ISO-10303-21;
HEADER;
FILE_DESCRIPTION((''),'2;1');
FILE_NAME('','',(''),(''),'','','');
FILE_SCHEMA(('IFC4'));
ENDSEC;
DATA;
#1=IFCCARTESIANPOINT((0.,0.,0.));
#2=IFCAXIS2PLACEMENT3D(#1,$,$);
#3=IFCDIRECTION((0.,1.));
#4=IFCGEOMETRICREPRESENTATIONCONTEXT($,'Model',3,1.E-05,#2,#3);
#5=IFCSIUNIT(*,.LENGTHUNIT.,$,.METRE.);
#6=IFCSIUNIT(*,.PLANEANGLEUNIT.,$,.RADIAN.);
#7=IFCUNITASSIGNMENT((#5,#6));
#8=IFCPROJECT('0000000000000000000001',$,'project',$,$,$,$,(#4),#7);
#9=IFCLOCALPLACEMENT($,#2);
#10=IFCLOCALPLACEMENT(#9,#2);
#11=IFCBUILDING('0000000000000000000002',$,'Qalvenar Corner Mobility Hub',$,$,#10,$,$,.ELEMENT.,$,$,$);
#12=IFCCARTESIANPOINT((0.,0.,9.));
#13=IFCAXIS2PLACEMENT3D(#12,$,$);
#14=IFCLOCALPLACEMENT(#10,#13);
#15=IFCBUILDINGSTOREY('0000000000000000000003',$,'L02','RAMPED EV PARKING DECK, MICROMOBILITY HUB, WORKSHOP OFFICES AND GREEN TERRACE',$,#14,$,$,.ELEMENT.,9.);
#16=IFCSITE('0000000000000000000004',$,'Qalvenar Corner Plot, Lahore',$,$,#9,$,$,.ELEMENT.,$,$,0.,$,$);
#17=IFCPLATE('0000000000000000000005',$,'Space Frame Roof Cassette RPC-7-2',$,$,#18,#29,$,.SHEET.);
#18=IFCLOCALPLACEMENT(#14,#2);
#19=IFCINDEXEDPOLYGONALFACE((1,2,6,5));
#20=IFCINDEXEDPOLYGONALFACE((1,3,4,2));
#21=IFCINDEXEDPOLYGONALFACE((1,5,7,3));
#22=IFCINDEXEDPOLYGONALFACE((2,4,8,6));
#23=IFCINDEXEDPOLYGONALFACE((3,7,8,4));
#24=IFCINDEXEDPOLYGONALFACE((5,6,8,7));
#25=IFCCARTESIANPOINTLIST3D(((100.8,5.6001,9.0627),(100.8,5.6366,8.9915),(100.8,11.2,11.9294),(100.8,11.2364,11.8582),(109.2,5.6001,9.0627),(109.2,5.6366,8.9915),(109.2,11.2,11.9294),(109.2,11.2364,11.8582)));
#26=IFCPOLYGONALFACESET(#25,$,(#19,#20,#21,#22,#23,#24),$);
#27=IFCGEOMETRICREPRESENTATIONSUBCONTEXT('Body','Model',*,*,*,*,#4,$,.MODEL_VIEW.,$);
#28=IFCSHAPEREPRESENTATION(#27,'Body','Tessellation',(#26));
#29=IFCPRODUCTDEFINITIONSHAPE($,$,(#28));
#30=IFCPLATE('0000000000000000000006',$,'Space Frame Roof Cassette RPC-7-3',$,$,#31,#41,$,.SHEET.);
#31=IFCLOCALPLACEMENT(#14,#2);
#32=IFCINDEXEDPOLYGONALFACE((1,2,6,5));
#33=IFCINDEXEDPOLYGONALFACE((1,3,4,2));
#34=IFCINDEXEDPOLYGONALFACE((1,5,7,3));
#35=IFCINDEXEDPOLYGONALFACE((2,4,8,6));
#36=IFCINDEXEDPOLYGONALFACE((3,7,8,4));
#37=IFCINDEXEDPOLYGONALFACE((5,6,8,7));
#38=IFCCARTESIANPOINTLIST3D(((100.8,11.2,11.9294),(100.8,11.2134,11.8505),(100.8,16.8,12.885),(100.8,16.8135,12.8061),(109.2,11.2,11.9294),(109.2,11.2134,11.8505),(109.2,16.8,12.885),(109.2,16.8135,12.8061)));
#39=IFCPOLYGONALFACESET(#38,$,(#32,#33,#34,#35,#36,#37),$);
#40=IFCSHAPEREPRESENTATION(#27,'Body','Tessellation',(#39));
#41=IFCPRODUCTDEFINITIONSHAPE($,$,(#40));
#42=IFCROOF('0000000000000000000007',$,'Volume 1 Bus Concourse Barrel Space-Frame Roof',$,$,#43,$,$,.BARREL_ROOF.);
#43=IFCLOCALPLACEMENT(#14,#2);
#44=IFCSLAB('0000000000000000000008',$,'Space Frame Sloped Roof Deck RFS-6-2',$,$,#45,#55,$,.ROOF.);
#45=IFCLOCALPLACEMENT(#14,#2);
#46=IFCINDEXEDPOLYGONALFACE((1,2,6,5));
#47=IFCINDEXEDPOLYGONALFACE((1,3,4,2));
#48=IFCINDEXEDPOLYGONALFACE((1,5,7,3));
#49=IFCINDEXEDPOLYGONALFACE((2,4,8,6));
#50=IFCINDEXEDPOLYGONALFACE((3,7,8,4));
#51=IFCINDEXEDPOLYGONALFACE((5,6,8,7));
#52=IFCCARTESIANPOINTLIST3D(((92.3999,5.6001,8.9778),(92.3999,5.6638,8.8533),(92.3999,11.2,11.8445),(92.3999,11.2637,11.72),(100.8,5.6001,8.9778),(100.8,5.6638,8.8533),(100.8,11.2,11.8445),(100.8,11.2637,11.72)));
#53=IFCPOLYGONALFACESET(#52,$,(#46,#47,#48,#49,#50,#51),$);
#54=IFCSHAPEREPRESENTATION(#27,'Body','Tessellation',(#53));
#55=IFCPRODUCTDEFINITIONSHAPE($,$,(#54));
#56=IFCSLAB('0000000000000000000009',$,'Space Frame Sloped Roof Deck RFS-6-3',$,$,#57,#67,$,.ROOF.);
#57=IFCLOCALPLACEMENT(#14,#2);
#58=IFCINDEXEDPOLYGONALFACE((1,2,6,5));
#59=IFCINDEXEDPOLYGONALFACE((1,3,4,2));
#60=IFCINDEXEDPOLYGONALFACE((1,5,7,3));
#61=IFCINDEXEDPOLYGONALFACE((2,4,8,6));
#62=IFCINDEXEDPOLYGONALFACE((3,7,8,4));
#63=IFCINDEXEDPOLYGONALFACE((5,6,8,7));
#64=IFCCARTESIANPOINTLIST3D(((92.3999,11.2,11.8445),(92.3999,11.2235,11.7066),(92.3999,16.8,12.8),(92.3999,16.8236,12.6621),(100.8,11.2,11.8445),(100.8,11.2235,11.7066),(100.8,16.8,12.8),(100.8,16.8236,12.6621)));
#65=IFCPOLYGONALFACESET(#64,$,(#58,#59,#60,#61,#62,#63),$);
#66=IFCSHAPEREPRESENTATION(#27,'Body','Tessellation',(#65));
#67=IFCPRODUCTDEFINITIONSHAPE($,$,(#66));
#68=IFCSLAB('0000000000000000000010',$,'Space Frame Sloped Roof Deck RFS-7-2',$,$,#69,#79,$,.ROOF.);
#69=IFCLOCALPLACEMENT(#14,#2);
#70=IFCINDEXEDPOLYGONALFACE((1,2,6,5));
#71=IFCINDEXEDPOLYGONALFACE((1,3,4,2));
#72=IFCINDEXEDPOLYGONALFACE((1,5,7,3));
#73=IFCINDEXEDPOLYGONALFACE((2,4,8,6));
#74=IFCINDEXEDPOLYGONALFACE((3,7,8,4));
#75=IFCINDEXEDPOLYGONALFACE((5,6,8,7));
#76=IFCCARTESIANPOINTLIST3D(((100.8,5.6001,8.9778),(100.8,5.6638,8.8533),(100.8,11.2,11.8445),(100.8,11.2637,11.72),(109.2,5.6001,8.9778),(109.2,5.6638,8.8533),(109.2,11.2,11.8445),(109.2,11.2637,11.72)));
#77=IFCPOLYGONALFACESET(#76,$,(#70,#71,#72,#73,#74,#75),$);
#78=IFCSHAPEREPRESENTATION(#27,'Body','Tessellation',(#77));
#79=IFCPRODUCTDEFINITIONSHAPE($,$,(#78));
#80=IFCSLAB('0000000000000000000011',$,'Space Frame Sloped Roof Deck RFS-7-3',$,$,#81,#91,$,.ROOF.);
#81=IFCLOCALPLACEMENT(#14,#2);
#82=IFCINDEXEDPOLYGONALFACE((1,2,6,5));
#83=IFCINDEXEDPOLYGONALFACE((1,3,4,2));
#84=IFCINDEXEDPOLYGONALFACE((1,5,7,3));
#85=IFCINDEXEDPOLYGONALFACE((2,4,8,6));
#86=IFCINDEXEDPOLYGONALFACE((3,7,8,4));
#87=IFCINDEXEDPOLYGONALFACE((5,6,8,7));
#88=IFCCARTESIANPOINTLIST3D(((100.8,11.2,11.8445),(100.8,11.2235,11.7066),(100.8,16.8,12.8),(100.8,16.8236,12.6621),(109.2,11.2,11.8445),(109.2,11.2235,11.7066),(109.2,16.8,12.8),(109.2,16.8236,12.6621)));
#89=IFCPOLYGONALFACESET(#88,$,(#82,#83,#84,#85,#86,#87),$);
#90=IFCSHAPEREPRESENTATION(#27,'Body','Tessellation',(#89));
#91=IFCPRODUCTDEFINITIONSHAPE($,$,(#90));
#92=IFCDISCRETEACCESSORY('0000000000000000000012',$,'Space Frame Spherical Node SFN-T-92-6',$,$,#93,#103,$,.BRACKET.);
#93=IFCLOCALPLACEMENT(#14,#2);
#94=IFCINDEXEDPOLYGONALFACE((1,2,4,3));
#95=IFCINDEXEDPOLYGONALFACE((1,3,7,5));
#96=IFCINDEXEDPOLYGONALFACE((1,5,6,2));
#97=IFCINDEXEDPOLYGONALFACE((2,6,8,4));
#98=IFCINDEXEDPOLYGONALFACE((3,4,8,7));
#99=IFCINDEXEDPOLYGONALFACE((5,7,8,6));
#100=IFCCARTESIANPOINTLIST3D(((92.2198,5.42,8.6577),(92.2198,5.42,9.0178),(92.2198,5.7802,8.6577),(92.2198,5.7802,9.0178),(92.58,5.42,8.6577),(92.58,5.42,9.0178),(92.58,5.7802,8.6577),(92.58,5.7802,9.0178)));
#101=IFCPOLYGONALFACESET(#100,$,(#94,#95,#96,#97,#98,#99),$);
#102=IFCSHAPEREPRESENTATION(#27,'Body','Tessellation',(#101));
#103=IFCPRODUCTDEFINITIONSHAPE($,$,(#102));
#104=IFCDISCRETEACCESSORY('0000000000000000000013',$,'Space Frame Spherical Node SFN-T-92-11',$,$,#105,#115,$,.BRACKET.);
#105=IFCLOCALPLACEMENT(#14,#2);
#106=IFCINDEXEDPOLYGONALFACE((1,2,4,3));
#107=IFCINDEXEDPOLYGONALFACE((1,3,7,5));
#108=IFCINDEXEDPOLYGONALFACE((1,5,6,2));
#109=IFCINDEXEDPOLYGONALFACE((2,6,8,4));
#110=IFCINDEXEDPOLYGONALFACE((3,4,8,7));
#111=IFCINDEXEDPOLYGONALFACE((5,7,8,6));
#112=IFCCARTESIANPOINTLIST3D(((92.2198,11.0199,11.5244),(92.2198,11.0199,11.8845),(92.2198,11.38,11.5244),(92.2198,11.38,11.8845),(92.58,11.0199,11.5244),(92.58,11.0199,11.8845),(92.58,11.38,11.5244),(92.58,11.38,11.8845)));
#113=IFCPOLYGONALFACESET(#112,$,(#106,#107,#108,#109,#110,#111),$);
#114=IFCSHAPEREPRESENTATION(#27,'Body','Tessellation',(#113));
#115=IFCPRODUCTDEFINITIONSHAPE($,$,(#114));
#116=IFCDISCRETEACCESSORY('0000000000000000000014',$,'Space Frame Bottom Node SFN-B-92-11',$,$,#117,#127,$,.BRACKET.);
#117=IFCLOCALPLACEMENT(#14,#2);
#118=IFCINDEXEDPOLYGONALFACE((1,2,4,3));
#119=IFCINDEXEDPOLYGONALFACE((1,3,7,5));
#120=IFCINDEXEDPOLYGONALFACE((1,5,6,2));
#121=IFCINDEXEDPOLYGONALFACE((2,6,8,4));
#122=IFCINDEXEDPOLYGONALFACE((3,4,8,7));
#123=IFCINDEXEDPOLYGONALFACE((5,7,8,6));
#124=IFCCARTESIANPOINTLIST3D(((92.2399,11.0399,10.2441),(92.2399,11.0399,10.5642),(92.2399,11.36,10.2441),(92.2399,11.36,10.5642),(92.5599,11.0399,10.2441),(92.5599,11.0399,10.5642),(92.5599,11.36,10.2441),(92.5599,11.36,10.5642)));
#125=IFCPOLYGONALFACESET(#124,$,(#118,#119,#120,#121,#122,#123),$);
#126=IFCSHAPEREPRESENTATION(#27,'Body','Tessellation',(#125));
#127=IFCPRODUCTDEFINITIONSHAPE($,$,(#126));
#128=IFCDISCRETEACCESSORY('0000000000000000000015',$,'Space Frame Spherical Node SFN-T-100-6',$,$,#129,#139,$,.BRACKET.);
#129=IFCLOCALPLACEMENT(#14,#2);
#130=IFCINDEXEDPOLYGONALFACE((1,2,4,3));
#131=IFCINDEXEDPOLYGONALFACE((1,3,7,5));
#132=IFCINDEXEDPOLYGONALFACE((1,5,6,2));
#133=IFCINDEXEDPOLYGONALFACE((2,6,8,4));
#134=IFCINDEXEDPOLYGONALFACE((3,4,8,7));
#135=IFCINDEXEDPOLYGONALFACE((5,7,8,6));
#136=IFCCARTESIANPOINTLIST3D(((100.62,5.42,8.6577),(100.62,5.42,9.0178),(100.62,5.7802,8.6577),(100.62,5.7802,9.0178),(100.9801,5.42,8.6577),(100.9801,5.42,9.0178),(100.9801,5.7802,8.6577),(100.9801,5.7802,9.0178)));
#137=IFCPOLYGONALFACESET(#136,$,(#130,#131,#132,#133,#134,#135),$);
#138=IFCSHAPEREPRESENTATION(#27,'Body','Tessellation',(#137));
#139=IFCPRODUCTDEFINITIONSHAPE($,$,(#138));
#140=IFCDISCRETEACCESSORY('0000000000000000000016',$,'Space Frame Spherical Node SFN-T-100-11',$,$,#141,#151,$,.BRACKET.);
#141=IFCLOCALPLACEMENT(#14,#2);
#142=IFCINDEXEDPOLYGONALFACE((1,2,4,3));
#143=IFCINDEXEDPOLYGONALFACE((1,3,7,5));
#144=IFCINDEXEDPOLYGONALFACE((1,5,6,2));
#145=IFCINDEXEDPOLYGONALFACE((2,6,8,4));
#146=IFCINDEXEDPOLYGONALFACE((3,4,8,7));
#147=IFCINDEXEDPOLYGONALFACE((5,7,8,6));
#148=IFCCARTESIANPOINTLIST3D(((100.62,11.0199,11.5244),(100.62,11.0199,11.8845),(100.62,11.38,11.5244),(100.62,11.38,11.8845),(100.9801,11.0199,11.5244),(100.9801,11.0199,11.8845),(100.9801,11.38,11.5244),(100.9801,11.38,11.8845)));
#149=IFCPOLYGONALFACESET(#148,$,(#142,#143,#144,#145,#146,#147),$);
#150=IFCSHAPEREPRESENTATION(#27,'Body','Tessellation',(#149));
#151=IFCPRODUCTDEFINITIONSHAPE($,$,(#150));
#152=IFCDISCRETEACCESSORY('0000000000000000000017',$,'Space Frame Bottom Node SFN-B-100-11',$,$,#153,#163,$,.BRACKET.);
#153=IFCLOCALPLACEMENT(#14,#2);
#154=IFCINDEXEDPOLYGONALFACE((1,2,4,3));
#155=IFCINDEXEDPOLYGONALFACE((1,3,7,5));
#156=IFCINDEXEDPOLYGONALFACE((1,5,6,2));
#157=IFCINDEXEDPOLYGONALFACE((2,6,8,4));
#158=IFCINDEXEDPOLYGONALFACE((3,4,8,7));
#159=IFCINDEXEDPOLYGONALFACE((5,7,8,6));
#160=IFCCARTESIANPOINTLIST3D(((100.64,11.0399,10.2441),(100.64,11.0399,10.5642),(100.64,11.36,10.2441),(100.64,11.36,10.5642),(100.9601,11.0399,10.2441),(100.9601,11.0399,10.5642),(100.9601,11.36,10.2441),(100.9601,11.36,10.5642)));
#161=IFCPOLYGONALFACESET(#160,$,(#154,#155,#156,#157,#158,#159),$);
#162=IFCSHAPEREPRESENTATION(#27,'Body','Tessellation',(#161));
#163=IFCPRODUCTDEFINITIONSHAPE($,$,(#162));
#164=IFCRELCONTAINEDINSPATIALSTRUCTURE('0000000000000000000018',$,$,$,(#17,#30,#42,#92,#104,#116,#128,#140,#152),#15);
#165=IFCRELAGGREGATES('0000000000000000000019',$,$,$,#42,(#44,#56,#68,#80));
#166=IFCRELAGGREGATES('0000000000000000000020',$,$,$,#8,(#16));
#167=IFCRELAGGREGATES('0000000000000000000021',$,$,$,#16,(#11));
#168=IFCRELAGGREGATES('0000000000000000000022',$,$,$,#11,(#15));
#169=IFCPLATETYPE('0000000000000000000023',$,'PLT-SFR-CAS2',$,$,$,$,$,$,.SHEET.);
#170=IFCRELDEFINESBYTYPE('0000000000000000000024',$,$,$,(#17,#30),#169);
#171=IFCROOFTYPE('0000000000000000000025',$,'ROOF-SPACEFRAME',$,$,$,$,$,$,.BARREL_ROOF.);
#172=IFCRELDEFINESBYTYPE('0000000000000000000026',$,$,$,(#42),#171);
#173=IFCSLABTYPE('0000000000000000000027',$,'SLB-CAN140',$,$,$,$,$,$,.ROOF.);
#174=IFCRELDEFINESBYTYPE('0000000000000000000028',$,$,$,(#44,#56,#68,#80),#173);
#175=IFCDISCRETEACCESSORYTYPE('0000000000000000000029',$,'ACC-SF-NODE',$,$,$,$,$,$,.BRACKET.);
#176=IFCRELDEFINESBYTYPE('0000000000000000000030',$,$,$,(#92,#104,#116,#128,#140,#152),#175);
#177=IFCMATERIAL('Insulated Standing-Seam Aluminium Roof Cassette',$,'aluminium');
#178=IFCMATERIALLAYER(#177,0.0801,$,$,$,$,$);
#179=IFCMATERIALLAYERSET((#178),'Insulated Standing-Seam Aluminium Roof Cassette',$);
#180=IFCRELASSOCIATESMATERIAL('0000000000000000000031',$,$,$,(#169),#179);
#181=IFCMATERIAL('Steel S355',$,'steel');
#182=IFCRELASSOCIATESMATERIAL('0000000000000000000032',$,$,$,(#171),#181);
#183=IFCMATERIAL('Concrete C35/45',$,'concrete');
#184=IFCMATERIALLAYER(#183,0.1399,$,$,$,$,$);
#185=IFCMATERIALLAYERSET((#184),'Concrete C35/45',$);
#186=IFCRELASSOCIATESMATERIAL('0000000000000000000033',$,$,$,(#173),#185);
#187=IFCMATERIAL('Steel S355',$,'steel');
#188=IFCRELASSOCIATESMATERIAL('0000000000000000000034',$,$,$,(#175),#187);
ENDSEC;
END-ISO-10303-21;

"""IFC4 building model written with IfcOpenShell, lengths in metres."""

from ifc_helpers import new_model, si_unit, direction, frame, origin, origin_2d, place, context, subcontext, project, spatial, polyline, rectangle, outline, extrude, material, layer, layer_set, type_object, element, aggregate, save


model = new_model("IFC4")

# Units and contexts
model_context = context("Model", 3, precision=1e-05, world=origin(), true_north=direction((0.0, 1.0)))
body_context = subcontext(model_context, "Body", "Model", "MODEL_VIEW")
ifc_project = project(units=[si_unit("LENGTHUNIT", "METRE"), si_unit("PLANEANGLEUNIT", "RADIAN")], contexts=[model_context])

# Site, building, storey
site_placement = place(None, origin())
site = spatial("IfcSite", under=ifc_project, at=site_placement, Name="Qalvenar Corner Plot, Lahore", CompositionType="ELEMENT", RefElevation=0.0)
building_placement = place(site_placement, origin())
building = spatial("IfcBuilding", under=site, at=building_placement, Name="Qalvenar Corner Mobility Hub", CompositionType="ELEMENT")
storey_placement = place(building_placement, frame((0.0, 0.0, 9.0)))
storey = spatial("IfcBuildingStorey", under=building, at=storey_placement, Name="L02", Description="RAMPED EV PARKING DECK, MICROMOBILITY HUB, WORKSHOP OFFICES AND GREEN TERRACE", CompositionType="ELEMENT", Elevation=9.0)

# Shared definitions
ifc_material_1 = material(Name="Steel S355", Category="steel")

# Plates
ifc_material_2 = material(Name="Insulated Standing-Seam Aluminium Roof Cassette", Category="aluminium")
ifc_layer_1 = layer(ifc_material_2, 0.0801)
ifc_layer_set_1 = layer_set([ifc_layer_1], Name="Insulated Standing-Seam Aluminium Roof Cassette")
plate_type = type_object("IfcPlateType", Name="PLT-SFR-CAS2", PredefinedType="SHEET", material=ifc_layer_set_1)
plate_1_placement = place(storey_placement, frame((100.8, 5.6001, 9.0627), z_axis=(0.0, -0.455685, 0.890141), x_axis=(1.0, 0.0, 0.0)))
element("IfcPlate", 1, at=plate_1_placement, inside=storey, type_object=plate_type, Name="Space Frame Roof Cassette RPC-7-2", PredefinedType="SHEET", context=body_context, shape_type="SweptSolid", body=[
    extrude(outline(polyline([(0.0, 0.0), (8.3999, 0.0), (8.3999, 6.291), (0.0, 6.291), (0.0, 0.0)])), origin(), (0.0, 0.0, -1.0), 0.0801),
])
plate_2_placement = place(storey_placement, frame((100.8, 11.2, 11.9294), z_axis=(0.0, -0.168203, 0.985752), x_axis=(1.0, 0.0, 0.0)))
element("IfcPlate", 2, at=plate_2_placement, inside=storey, type_object=plate_type, Name="Space Frame Roof Cassette RPC-7-3", PredefinedType="SHEET", context=body_context, shape_type="SweptSolid", body=[
    extrude(outline(polyline([(0.0, 0.0), (8.3999, 0.0), (8.3999, 5.681), (0.0, 5.681), (0.0, 0.0)])), origin(), (0.0, 0.0, -1.0), 0.0801),
])

# Roof, slabs
roof_type = type_object("IfcRoofType", Name="ROOF-SPACEFRAME", PredefinedType="BARREL_ROOF", material=ifc_material_1)
roof_placement = place(storey_placement, origin())
roof = element("IfcRoof", 3, at=roof_placement, inside=storey, type_object=roof_type, Name="Volume 1 Bus Concourse Barrel Space-Frame Roof", PredefinedType="BARREL_ROOF")
ifc_material_3 = material(Name="Concrete C35/45", Category="concrete")
ifc_layer_2 = layer(ifc_material_3, 0.1399)
ifc_layer_set_2 = layer_set([ifc_layer_2], Name="Concrete C35/45")
slab_type = type_object("IfcSlabType", Name="SLB-CAN140", PredefinedType="ROOF", material=ifc_layer_set_2)
slab_1_placement = place(storey_placement, frame((92.3999, 5.6001, 8.9778), z_axis=(0.0, -0.455685, 0.890141), x_axis=(1.0, 0.0, 0.0)))
slab_1 = element("IfcSlab", 4, at=slab_1_placement, type_object=slab_type, Name="Space Frame Sloped Roof Deck RFS-6-2", PredefinedType="ROOF", context=body_context, shape_type="SweptSolid", body=[
    extrude(outline(polyline([(0.0, 0.0), (8.4001, 0.0), (8.4001, 6.291), (0.0, 6.291), (0.0, 0.0)])), origin(), (0.0, 0.0, -1.0), 0.1399),
])
slab_2_placement = place(storey_placement, frame((92.3999, 11.2, 11.8445), z_axis=(0.0, -0.168203, 0.985752), x_axis=(1.0, 0.0, 0.0)))
slab_2 = element("IfcSlab", 5, at=slab_2_placement, type_object=slab_type, Name="Space Frame Sloped Roof Deck RFS-6-3", PredefinedType="ROOF", context=body_context, shape_type="SweptSolid", body=[
    extrude(outline(polyline([(0.0, 0.0), (8.4001, 0.0), (8.4001, 5.681), (0.0, 5.681), (0.0, 0.0)])), origin(), (0.0, 0.0, -1.0), 0.1399),
])
slab_3_placement = place(storey_placement, frame((100.8, 5.6001, 8.9778), z_axis=(0.0, -0.455685, 0.890141), x_axis=(1.0, 0.0, 0.0)))
slab_3 = element("IfcSlab", 6, at=slab_3_placement, type_object=slab_type, Name="Space Frame Sloped Roof Deck RFS-7-2", PredefinedType="ROOF", context=body_context, shape_type="SweptSolid", body=[
    extrude(outline(polyline([(0.0, 0.0), (8.3999, 0.0), (8.3999, 6.291), (0.0, 6.291), (0.0, 0.0)])), origin(), (0.0, 0.0, -1.0), 0.1399),
])
slab_4_placement = place(storey_placement, frame((100.8, 11.2, 11.8445), z_axis=(0.0, -0.168203, 0.985752), x_axis=(1.0, 0.0, 0.0)))
slab_4 = element("IfcSlab", 7, at=slab_4_placement, type_object=slab_type, Name="Space Frame Sloped Roof Deck RFS-7-3", PredefinedType="ROOF", context=body_context, shape_type="SweptSolid", body=[
    extrude(outline(polyline([(0.0, 0.0), (8.3999, 0.0), (8.3999, 5.681), (0.0, 5.681), (0.0, 0.0)])), origin(), (0.0, 0.0, -1.0), 0.1399),
])
aggregate(roof, [slab_1, slab_2, slab_3, slab_4])

# Discrete accessories
ifc_material_4 = material(Name="Steel S355", Category="steel")
discrete_accessory_type = type_object("IfcDiscreteAccessoryType", Name="ACC-SF-NODE", PredefinedType="BRACKET", material=ifc_material_4)
for number, where, z_axis, x_axis, name in (
    (8, (92.3999, 5.6001, 8.6577), (0.0, 0.0, 1.0), (1.0, 0.0, 0.0), "Space Frame Spherical Node SFN-T-92-6"),
    (9, (92.3999, 11.2, 11.5244), (0.0, 0.0, 1.0), (1.0, 0.0, 0.0), "Space Frame Spherical Node SFN-T-92-11"),
):
    element("IfcDiscreteAccessory", number, at=place(storey_placement, frame(where, z_axis=z_axis, x_axis=x_axis)), inside=storey, type_object=discrete_accessory_type, Name=name, PredefinedType="BRACKET", context=body_context, shape_type="SweptSolid", body=[
        extrude(rectangle(XDim=0.3601, YDim=0.3601, at=origin_2d()), origin(), (0.0, 0.0, 1.0), 0.3601),
    ])
discrete_accessory_1_placement = place(storey_placement, frame((92.3999, 11.2, 10.2441), z_axis=(0.0, 0.0, 1.0), x_axis=(1.0, 0.0, 0.0)))
element("IfcDiscreteAccessory", 10, at=discrete_accessory_1_placement, inside=storey, type_object=discrete_accessory_type, Name="Space Frame Bottom Node SFN-B-92-11", PredefinedType="BRACKET", context=body_context, shape_type="SweptSolid", body=[
    extrude(rectangle(XDim=0.3201, YDim=0.3201, at=origin_2d()), origin(), (0.0, 0.0, 1.0), 0.3201),
])
for number, where, z_axis, x_axis, name in (
    (11, (100.8, 5.6001, 8.6577), (0.0, 0.0, 1.0), (1.0, 0.0, 0.0), "Space Frame Spherical Node SFN-T-100-6"),
    (12, (100.8, 11.2, 11.5244), (0.0, 0.0, 1.0), (1.0, 0.0, 0.0), "Space Frame Spherical Node SFN-T-100-11"),
):
    element("IfcDiscreteAccessory", number, at=place(storey_placement, frame(where, z_axis=z_axis, x_axis=x_axis)), inside=storey, type_object=discrete_accessory_type, Name=name, PredefinedType="BRACKET", context=body_context, shape_type="SweptSolid", body=[
        extrude(rectangle(XDim=0.3601, YDim=0.3601, at=origin_2d()), origin(), (0.0, 0.0, 1.0), 0.3601),
    ])
discrete_accessory_2_placement = place(storey_placement, frame((100.8, 11.2, 10.2441), z_axis=(0.0, 0.0, 1.0), x_axis=(1.0, 0.0, 0.0)))
element("IfcDiscreteAccessory", 13, at=discrete_accessory_2_placement, inside=storey, type_object=discrete_accessory_type, Name="Space Frame Bottom Node SFN-B-100-11", PredefinedType="BRACKET", context=body_context, shape_type="SweptSolid", body=[
    extrude(rectangle(XDim=0.3201, YDim=0.3201, at=origin_2d()), origin(), (0.0, 0.0, 1.0), 0.3201),
])

save(model, "model.ifc")
